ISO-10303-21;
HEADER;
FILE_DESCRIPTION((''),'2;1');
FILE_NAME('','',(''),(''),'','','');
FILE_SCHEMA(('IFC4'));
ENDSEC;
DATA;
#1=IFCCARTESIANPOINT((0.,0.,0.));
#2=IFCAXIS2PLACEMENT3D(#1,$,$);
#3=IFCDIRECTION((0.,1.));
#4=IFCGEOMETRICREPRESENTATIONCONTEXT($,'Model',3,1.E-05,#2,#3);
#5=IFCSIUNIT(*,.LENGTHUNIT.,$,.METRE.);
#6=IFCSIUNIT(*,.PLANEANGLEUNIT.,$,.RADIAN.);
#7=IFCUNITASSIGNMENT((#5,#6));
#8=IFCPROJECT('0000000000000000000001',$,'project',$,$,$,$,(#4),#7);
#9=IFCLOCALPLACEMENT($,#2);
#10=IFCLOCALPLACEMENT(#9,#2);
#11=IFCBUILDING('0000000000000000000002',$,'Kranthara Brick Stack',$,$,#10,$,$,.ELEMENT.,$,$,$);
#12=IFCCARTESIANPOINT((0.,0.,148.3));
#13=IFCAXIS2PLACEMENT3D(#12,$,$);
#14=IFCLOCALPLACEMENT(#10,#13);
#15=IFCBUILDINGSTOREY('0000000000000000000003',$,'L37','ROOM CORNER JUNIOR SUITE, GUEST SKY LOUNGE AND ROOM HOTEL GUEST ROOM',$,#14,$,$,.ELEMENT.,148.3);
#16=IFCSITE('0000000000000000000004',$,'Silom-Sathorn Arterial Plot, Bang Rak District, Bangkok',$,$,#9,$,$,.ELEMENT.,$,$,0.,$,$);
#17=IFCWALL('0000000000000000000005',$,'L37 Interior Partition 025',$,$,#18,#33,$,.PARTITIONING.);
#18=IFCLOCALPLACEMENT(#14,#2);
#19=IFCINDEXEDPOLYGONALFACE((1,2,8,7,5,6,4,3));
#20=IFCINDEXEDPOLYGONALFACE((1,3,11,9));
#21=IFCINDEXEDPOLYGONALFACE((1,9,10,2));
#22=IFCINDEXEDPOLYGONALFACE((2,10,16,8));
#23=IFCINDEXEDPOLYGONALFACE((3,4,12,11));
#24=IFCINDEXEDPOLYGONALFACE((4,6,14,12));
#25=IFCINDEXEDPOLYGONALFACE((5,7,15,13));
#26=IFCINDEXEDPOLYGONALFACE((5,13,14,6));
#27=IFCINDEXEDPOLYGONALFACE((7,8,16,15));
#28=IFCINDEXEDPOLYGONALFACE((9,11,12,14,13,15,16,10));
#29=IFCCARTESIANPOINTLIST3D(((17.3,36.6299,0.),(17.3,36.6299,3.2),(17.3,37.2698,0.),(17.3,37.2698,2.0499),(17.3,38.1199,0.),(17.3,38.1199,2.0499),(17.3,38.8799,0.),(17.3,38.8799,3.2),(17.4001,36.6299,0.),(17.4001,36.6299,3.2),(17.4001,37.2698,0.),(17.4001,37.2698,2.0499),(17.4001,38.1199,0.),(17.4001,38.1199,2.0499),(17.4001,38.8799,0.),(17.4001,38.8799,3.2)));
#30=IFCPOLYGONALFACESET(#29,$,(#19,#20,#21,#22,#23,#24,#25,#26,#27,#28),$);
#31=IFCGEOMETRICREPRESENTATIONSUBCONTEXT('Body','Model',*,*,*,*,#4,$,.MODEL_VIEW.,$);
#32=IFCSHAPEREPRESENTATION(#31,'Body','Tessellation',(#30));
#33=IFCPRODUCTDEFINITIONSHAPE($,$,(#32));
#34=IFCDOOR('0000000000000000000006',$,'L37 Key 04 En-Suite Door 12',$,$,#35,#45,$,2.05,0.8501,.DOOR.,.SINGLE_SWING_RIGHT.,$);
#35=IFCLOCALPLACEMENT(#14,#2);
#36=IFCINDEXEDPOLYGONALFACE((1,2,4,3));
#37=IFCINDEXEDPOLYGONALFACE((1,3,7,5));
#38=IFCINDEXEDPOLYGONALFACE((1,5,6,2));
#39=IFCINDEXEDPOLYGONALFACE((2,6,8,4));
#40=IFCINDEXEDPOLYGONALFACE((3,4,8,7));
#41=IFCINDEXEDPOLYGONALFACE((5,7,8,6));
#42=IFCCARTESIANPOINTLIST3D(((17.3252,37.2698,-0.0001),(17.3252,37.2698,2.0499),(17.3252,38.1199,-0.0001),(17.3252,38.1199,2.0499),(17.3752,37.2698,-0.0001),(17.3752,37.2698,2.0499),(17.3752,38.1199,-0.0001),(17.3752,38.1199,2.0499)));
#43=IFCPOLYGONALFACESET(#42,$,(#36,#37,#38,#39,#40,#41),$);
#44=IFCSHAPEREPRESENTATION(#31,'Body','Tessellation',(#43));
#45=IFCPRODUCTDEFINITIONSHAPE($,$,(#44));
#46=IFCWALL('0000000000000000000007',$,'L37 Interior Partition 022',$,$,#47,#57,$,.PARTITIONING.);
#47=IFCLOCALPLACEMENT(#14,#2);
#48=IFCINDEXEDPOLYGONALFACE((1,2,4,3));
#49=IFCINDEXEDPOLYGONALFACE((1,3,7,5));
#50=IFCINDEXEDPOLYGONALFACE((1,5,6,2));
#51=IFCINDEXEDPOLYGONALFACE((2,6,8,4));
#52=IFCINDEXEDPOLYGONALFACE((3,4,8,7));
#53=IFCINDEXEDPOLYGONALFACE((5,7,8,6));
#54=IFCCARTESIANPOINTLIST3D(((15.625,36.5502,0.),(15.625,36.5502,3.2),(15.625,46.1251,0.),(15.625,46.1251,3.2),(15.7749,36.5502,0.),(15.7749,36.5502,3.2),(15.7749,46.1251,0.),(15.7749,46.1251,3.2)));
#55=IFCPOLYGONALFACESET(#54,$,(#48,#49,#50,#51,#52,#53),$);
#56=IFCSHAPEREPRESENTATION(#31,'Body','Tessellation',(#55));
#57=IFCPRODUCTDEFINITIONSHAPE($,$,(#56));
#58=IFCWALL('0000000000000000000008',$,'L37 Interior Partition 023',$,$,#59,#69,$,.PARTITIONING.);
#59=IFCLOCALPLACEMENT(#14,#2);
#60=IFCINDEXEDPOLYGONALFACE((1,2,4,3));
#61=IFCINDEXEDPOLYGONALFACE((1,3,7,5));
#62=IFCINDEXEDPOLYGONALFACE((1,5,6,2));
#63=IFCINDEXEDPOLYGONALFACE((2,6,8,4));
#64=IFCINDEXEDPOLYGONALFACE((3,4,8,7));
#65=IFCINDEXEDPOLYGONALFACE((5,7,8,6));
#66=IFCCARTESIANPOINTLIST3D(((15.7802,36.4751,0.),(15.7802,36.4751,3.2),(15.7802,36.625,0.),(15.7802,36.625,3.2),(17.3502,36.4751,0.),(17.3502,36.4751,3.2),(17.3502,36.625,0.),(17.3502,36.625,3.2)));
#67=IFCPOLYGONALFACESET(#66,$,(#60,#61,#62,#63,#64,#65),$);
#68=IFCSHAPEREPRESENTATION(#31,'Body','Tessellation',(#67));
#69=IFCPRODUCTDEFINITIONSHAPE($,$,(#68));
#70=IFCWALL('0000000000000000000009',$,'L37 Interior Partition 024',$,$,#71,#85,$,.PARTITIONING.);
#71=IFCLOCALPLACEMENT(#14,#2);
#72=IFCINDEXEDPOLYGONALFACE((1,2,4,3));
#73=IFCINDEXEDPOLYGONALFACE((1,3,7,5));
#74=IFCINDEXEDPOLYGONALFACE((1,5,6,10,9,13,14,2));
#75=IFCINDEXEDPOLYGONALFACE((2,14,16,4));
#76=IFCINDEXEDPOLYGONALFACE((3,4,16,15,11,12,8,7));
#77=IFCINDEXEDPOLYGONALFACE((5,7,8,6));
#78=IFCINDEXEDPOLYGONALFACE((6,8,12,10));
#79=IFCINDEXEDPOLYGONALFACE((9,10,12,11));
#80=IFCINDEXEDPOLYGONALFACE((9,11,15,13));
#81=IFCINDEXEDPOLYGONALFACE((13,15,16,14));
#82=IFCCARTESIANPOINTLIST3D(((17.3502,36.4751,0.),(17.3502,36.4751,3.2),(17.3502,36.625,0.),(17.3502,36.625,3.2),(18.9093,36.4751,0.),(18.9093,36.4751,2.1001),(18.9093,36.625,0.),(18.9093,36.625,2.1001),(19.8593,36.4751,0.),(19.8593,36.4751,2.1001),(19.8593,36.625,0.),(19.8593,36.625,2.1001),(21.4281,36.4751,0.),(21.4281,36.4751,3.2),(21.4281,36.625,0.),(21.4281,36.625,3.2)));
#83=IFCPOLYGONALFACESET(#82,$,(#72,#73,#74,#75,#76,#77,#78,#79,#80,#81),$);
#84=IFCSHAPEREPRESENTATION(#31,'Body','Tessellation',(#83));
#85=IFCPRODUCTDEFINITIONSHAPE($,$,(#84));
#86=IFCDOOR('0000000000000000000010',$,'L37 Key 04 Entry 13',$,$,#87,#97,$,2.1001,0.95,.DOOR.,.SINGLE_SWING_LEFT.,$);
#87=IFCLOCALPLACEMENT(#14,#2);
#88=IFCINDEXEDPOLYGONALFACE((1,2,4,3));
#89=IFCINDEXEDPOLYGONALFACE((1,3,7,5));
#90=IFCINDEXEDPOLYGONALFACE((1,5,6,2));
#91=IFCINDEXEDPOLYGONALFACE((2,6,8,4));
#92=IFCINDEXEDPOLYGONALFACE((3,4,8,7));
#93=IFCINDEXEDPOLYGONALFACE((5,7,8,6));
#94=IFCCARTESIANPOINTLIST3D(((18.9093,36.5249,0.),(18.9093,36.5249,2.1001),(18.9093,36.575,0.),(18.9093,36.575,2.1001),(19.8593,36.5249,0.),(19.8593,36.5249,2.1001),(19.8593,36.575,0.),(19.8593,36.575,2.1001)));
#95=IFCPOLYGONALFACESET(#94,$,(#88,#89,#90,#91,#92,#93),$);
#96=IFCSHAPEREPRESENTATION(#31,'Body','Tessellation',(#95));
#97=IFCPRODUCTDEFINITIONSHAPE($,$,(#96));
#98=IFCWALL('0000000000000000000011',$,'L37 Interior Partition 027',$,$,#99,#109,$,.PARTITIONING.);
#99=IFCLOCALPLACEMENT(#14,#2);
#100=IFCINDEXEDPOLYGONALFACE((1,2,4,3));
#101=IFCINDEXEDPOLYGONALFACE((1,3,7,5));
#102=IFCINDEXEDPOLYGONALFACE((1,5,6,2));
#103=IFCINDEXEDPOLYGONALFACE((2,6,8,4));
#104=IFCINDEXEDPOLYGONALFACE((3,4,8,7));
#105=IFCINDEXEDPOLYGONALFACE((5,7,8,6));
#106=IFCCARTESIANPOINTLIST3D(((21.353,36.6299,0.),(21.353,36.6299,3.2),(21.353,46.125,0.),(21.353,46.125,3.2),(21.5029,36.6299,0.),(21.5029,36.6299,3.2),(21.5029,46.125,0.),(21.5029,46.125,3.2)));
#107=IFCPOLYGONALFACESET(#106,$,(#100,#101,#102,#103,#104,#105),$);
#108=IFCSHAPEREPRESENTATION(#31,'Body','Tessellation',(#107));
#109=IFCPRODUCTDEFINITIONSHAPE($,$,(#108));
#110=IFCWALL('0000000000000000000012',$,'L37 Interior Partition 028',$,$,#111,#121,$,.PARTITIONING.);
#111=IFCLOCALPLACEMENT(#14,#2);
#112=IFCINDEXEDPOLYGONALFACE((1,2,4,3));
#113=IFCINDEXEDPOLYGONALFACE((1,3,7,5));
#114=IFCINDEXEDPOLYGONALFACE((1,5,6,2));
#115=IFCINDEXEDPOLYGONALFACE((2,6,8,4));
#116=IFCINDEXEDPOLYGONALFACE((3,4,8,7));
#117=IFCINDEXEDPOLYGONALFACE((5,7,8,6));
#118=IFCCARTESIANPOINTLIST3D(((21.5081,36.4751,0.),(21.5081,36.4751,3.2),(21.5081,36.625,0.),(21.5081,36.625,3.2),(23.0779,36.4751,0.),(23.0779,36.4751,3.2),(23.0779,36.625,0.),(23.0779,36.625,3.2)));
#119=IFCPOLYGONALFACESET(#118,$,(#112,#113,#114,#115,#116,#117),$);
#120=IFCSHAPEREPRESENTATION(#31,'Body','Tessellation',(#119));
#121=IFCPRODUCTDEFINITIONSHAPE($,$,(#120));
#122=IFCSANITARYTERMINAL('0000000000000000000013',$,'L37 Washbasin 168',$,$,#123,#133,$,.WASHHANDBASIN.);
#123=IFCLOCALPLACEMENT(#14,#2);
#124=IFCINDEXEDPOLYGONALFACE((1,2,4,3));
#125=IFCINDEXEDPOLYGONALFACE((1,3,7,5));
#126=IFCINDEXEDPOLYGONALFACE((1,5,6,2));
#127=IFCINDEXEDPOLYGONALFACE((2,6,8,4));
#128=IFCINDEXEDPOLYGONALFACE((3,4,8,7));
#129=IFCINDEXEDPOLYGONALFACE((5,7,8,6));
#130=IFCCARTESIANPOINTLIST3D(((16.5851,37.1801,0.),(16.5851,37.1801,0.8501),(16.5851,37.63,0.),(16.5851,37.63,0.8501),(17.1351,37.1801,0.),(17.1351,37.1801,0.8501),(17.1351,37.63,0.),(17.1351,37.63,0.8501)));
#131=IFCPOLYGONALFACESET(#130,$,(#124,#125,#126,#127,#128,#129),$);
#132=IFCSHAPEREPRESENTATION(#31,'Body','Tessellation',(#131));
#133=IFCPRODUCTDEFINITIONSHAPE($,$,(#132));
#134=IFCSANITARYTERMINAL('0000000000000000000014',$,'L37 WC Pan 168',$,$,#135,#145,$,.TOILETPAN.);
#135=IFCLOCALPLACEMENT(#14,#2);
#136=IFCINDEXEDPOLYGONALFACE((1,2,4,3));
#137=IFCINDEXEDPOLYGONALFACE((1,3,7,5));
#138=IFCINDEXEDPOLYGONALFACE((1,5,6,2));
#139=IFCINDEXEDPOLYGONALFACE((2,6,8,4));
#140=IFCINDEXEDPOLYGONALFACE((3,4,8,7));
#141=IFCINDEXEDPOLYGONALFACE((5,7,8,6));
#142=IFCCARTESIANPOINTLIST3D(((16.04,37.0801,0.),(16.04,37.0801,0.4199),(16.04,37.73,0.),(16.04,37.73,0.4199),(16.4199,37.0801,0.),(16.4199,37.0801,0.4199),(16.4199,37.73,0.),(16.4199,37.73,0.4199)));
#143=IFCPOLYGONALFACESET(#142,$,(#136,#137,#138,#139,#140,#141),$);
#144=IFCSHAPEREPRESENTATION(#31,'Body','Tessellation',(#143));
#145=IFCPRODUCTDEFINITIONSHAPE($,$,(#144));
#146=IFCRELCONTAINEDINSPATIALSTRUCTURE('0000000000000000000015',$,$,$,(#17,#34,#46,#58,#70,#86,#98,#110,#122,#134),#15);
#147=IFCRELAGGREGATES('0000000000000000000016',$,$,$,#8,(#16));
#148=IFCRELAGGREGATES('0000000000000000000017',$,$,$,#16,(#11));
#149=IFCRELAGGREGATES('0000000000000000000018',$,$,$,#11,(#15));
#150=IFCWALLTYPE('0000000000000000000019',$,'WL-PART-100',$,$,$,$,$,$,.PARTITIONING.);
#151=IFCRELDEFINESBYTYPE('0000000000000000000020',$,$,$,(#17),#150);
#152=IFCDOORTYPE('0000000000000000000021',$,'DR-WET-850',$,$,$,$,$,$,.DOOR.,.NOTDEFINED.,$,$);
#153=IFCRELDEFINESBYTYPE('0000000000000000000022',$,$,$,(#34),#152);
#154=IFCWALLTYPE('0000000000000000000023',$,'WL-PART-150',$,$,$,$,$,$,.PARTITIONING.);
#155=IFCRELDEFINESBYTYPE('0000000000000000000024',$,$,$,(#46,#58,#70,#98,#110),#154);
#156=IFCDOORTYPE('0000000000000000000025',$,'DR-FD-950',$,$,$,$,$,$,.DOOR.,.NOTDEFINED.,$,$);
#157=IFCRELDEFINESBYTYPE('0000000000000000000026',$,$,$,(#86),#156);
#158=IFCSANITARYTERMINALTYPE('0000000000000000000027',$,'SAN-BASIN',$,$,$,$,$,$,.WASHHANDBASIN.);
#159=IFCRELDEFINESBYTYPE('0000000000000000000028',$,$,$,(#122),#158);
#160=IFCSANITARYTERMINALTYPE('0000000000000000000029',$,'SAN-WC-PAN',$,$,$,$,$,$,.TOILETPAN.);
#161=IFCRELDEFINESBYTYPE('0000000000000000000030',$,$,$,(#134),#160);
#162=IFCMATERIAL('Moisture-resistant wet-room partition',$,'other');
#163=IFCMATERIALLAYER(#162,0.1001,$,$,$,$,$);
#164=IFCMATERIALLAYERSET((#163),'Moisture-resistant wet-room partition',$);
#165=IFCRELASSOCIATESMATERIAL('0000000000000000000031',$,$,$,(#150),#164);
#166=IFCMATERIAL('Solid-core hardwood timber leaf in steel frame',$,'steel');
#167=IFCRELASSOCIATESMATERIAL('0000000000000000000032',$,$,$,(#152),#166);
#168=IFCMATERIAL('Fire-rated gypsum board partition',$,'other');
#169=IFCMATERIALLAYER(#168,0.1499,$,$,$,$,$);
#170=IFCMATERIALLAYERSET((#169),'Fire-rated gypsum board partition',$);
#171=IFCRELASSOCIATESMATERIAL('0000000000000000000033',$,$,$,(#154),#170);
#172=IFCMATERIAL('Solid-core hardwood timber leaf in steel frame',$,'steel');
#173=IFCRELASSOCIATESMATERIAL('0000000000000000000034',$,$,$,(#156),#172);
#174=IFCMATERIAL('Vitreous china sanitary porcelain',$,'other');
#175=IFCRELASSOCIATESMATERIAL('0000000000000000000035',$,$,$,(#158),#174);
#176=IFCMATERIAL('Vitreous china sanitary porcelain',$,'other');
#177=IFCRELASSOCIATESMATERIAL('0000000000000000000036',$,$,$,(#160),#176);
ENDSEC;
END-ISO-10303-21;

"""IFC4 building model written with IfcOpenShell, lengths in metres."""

from ifc_helpers import new_model, si_unit, direction, frame, frame_2d, origin, origin_2d, place, context, subcontext, project, spatial, rectangle, extrude, material, layer, layer_set, type_object, element, fill, save


model = new_model("IFC4")

# Units and contexts
model_context = context("Model", 3, precision=1e-05, world=origin(), true_north=direction((0.0, 1.0)))
body_context = subcontext(model_context, "Body", "Model", "MODEL_VIEW")
ifc_project = project(units=[si_unit("LENGTHUNIT", "METRE"), si_unit("PLANEANGLEUNIT", "RADIAN")], contexts=[model_context])

# Site, building, storey
site_placement = place(None, origin())
site = spatial("IfcSite", under=ifc_project, at=site_placement, Name="Silom-Sathorn Arterial Plot, Bang Rak District, Bangkok", CompositionType="ELEMENT", RefElevation=0.0)
building_placement = place(site_placement, origin())
building = spatial("IfcBuilding", under=site, at=building_placement, Name="Kranthara Brick Stack", CompositionType="ELEMENT")
storey_placement = place(building_placement, frame((0.0, 0.0, 148.3)))
storey = spatial("IfcBuildingStorey", under=building, at=storey_placement, Name="L37", Description="ROOM CORNER JUNIOR SUITE, GUEST SKY LOUNGE AND ROOM HOTEL GUEST ROOM", CompositionType="ELEMENT", Elevation=148.3)

# Wall, opening, door
ifc_material_1 = material(Name="Moisture-resistant wet-room partition", Category="other")
ifc_layer_1 = layer(ifc_material_1, 0.1001)
ifc_layer_set_1 = layer_set([ifc_layer_1], Name="Moisture-resistant wet-room partition")
wall_type_1 = type_object("IfcWallType", Name="WL-PART-100", PredefinedType="PARTITIONING", material=ifc_layer_set_1)
wall_1_placement = place(storey_placement, frame((17.3501, 36.6299, 0.0), z_axis=(0.0, 0.0, 1.0), x_axis=(0.0, 1.0, 0.0)))
wall_1 = element("IfcWall", 1, at=wall_1_placement, inside=storey, type_object=wall_type_1, Name="L37 Interior Partition 025", PredefinedType="PARTITIONING", context=body_context, shape_type="SweptSolid", body=[
    extrude(rectangle(XDim=2.25, YDim=0.1001, at=frame_2d((1.125, 0.0))), origin(), (0.0, 0.0, 1.0), 3.2),
])
opening_1_placement = place(wall_1_placement, frame((0.6399, 0.0, 0.0)))
opening_1 = element("IfcOpeningElement", 2, at=opening_1_placement, cuts=wall_1, PredefinedType="OPENING", context=body_context, shape_type="SweptSolid", body=[
    extrude(rectangle(XDim=0.8501, YDim=2.05, at=frame_2d((0.425, 1.0249))), frame((0.0, 0.0601, 0.0), z_axis=(0.0, -1.0, 0.0), x_axis=(1.0, 0.0, 0.0)), (0.0, 0.0, 1.0), 0.1201),
])
ifc_material_2 = material(Name="Solid-core hardwood timber leaf in steel frame", Category="steel")
door_type_1 = type_object("IfcDoorType", Name="DR-WET-850", OperationType="NOTDEFINED", PredefinedType="DOOR", material=ifc_material_2)
door_1_placement = place(opening_1_placement, origin())
door_1 = element("IfcDoor", 3, at=door_1_placement, inside=storey, type_object=door_type_1, Name="L37 Key 04 En-Suite Door 12", OperationType="SINGLE_SWING_RIGHT", OverallHeight=2.05, OverallWidth=0.8501, PredefinedType="DOOR", context=body_context, shape_type="SweptSolid", body=[
    extrude(rectangle(XDim=0.8501, YDim=2.05, at=frame_2d((0.425, 1.0249))), frame((0.0, 0.0249, 0.0), z_axis=(0.0, -1.0, 0.0), x_axis=(1.0, 0.0, 0.0)), (0.0, 0.0, 1.0), 0.05),
])
fill(opening_1, door_1)

# Walls
ifc_material_3 = material(Name="Fire-rated gypsum board partition", Category="other")
ifc_layer_2 = layer(ifc_material_3, 0.1499)
ifc_layer_set_2 = layer_set([ifc_layer_2], Name="Fire-rated gypsum board partition")
wall_type_2 = type_object("IfcWallType", Name="WL-PART-150", PredefinedType="PARTITIONING", material=ifc_layer_set_2)
wall_2_placement = place(storey_placement, frame((15.7, 36.55, 0.0), z_axis=(0.0, 0.0, 1.0), x_axis=(0.0, 1.0, 0.0)))
element("IfcWall", 4, at=wall_2_placement, inside=storey, type_object=wall_type_2, Name="L37 Interior Partition 022", PredefinedType="PARTITIONING", context=body_context, shape_type="SweptSolid", body=[
    extrude(rectangle(XDim=9.575, YDim=0.1499, at=frame_2d((4.7876, 0.0))), origin(), (0.0, 0.0, 1.0), 3.2),
])
wall_3_placement = place(storey_placement, frame((15.78, 36.55, 0.0), z_axis=(0.0, 0.0, 1.0), x_axis=(1.0, 0.0, 0.0)))
element("IfcWall", 5, at=wall_3_placement, inside=storey, type_object=wall_type_2, Name="L37 Interior Partition 023", PredefinedType="PARTITIONING", context=body_context, shape_type="SweptSolid", body=[
    extrude(rectangle(XDim=1.5701, YDim=0.1499, at=frame_2d((0.7852, 0.0))), origin(), (0.0, 0.0, 1.0), 3.2),
])

# Wall, opening, door
wall_4_placement = place(storey_placement, frame((17.3501, 36.55, 0.0), z_axis=(0.0, 0.0, 1.0), x_axis=(1.0, 0.0, 0.0)))
wall_4 = element("IfcWall", 6, at=wall_4_placement, inside=storey, type_object=wall_type_2, Name="L37 Interior Partition 024", PredefinedType="PARTITIONING", context=body_context, shape_type="SweptSolid", body=[
    extrude(rectangle(XDim=4.0779, YDim=0.1499, at=frame_2d((2.0391, 0.0))), origin(), (0.0, 0.0, 1.0), 3.2),
])
opening_2_placement = place(wall_4_placement, frame((1.5591, 0.0, 0.0)))
opening_2 = element("IfcOpeningElement", 7, at=opening_2_placement, cuts=wall_4, PredefinedType="OPENING", context=body_context, shape_type="SweptSolid", body=[
    extrude(rectangle(XDim=0.95, YDim=2.1001, at=frame_2d((0.4751, 1.05))), frame((0.0, 0.085, 0.0), z_axis=(0.0, -1.0, 0.0), x_axis=(1.0, 0.0, 0.0)), (0.0, 0.0, 1.0), 0.1699),
])
ifc_material_4 = material(Name="Solid-core hardwood timber leaf in steel frame", Category="steel")
door_type_2 = type_object("IfcDoorType", Name="DR-FD-950", OperationType="NOTDEFINED", PredefinedType="DOOR", material=ifc_material_4)
door_2_placement = place(opening_2_placement, origin())
door_2 = element("IfcDoor", 8, at=door_2_placement, inside=storey, type_object=door_type_2, Name="L37 Key 04 Entry 13", OperationType="SINGLE_SWING_LEFT", OverallHeight=2.1001, OverallWidth=0.95, PredefinedType="DOOR", context=body_context, shape_type="SweptSolid", body=[
    extrude(rectangle(XDim=0.95, YDim=2.1001, at=frame_2d((0.4751, 1.05))), frame((0.0, 0.0249, 0.0), z_axis=(0.0, -1.0, 0.0), x_axis=(1.0, 0.0, 0.0)), (0.0, 0.0, 1.0), 0.05),
])
fill(opening_2, door_2)

# Walls
wall_5_placement = place(storey_placement, frame((21.428, 36.6299, 0.0), z_axis=(0.0, 0.0, 1.0), x_axis=(0.0, 1.0, 0.0)))
element("IfcWall", 9, at=wall_5_placement, inside=storey, type_object=wall_type_2, Name="L37 Interior Partition 027", PredefinedType="PARTITIONING", context=body_context, shape_type="SweptSolid", body=[
    extrude(rectangle(XDim=9.4951, YDim=0.1499, at=frame_2d((4.7476, 0.0))), origin(), (0.0, 0.0, 1.0), 3.2),
])
wall_6_placement = place(storey_placement, frame((21.5081, 36.55, 0.0), z_axis=(0.0, 0.0, 1.0), x_axis=(1.0, 0.0, 0.0)))
element("IfcWall", 10, at=wall_6_placement, inside=storey, type_object=wall_type_2, Name="L37 Interior Partition 028", PredefinedType="PARTITIONING", context=body_context, shape_type="SweptSolid", body=[
    extrude(rectangle(XDim=1.5698, YDim=0.1499, at=frame_2d((0.7849, 0.0))), origin(), (0.0, 0.0, 1.0), 3.2),
])

# Sanitary terminals
ifc_material_5 = material(Name="Vitreous china sanitary porcelain", Category="other")
sanitary_terminal_type_1 = type_object("IfcSanitaryTerminalType", Name="SAN-BASIN", PredefinedType="WASHHANDBASIN", material=ifc_material_5)
sanitary_terminal_1_placement = place(storey_placement, frame((16.8601, 37.405, 0.0), z_axis=(0.0, 0.0, 1.0), x_axis=(1.0, 0.0, 0.0)))
element("IfcSanitaryTerminal", 11, at=sanitary_terminal_1_placement, inside=storey, type_object=sanitary_terminal_type_1, Name="L37 Washbasin 168", PredefinedType="WASHHANDBASIN", context=body_context, shape_type="SweptSolid", body=[
    extrude(rectangle(XDim=0.55, YDim=0.45, at=origin_2d()), origin(), (0.0, 0.0, 1.0), 0.8501),
])
ifc_material_6 = material(Name="Vitreous china sanitary porcelain", Category="other")
sanitary_terminal_type_2 = type_object("IfcSanitaryTerminalType", Name="SAN-WC-PAN", PredefinedType="TOILETPAN", material=ifc_material_6)
sanitary_terminal_2_placement = place(storey_placement, frame((16.23, 37.405, 0.0), z_axis=(0.0, 0.0, 1.0), x_axis=(1.0, 0.0, 0.0)))
element("IfcSanitaryTerminal", 12, at=sanitary_terminal_2_placement, inside=storey, type_object=sanitary_terminal_type_2, Name="L37 WC Pan 168", PredefinedType="TOILETPAN", context=body_context, shape_type="SweptSolid", body=[
    extrude(rectangle(XDim=0.3799, YDim=0.6499, at=origin_2d()), origin(), (0.0, 0.0, 1.0), 0.4199),
])

save(model, "model.ifc")
